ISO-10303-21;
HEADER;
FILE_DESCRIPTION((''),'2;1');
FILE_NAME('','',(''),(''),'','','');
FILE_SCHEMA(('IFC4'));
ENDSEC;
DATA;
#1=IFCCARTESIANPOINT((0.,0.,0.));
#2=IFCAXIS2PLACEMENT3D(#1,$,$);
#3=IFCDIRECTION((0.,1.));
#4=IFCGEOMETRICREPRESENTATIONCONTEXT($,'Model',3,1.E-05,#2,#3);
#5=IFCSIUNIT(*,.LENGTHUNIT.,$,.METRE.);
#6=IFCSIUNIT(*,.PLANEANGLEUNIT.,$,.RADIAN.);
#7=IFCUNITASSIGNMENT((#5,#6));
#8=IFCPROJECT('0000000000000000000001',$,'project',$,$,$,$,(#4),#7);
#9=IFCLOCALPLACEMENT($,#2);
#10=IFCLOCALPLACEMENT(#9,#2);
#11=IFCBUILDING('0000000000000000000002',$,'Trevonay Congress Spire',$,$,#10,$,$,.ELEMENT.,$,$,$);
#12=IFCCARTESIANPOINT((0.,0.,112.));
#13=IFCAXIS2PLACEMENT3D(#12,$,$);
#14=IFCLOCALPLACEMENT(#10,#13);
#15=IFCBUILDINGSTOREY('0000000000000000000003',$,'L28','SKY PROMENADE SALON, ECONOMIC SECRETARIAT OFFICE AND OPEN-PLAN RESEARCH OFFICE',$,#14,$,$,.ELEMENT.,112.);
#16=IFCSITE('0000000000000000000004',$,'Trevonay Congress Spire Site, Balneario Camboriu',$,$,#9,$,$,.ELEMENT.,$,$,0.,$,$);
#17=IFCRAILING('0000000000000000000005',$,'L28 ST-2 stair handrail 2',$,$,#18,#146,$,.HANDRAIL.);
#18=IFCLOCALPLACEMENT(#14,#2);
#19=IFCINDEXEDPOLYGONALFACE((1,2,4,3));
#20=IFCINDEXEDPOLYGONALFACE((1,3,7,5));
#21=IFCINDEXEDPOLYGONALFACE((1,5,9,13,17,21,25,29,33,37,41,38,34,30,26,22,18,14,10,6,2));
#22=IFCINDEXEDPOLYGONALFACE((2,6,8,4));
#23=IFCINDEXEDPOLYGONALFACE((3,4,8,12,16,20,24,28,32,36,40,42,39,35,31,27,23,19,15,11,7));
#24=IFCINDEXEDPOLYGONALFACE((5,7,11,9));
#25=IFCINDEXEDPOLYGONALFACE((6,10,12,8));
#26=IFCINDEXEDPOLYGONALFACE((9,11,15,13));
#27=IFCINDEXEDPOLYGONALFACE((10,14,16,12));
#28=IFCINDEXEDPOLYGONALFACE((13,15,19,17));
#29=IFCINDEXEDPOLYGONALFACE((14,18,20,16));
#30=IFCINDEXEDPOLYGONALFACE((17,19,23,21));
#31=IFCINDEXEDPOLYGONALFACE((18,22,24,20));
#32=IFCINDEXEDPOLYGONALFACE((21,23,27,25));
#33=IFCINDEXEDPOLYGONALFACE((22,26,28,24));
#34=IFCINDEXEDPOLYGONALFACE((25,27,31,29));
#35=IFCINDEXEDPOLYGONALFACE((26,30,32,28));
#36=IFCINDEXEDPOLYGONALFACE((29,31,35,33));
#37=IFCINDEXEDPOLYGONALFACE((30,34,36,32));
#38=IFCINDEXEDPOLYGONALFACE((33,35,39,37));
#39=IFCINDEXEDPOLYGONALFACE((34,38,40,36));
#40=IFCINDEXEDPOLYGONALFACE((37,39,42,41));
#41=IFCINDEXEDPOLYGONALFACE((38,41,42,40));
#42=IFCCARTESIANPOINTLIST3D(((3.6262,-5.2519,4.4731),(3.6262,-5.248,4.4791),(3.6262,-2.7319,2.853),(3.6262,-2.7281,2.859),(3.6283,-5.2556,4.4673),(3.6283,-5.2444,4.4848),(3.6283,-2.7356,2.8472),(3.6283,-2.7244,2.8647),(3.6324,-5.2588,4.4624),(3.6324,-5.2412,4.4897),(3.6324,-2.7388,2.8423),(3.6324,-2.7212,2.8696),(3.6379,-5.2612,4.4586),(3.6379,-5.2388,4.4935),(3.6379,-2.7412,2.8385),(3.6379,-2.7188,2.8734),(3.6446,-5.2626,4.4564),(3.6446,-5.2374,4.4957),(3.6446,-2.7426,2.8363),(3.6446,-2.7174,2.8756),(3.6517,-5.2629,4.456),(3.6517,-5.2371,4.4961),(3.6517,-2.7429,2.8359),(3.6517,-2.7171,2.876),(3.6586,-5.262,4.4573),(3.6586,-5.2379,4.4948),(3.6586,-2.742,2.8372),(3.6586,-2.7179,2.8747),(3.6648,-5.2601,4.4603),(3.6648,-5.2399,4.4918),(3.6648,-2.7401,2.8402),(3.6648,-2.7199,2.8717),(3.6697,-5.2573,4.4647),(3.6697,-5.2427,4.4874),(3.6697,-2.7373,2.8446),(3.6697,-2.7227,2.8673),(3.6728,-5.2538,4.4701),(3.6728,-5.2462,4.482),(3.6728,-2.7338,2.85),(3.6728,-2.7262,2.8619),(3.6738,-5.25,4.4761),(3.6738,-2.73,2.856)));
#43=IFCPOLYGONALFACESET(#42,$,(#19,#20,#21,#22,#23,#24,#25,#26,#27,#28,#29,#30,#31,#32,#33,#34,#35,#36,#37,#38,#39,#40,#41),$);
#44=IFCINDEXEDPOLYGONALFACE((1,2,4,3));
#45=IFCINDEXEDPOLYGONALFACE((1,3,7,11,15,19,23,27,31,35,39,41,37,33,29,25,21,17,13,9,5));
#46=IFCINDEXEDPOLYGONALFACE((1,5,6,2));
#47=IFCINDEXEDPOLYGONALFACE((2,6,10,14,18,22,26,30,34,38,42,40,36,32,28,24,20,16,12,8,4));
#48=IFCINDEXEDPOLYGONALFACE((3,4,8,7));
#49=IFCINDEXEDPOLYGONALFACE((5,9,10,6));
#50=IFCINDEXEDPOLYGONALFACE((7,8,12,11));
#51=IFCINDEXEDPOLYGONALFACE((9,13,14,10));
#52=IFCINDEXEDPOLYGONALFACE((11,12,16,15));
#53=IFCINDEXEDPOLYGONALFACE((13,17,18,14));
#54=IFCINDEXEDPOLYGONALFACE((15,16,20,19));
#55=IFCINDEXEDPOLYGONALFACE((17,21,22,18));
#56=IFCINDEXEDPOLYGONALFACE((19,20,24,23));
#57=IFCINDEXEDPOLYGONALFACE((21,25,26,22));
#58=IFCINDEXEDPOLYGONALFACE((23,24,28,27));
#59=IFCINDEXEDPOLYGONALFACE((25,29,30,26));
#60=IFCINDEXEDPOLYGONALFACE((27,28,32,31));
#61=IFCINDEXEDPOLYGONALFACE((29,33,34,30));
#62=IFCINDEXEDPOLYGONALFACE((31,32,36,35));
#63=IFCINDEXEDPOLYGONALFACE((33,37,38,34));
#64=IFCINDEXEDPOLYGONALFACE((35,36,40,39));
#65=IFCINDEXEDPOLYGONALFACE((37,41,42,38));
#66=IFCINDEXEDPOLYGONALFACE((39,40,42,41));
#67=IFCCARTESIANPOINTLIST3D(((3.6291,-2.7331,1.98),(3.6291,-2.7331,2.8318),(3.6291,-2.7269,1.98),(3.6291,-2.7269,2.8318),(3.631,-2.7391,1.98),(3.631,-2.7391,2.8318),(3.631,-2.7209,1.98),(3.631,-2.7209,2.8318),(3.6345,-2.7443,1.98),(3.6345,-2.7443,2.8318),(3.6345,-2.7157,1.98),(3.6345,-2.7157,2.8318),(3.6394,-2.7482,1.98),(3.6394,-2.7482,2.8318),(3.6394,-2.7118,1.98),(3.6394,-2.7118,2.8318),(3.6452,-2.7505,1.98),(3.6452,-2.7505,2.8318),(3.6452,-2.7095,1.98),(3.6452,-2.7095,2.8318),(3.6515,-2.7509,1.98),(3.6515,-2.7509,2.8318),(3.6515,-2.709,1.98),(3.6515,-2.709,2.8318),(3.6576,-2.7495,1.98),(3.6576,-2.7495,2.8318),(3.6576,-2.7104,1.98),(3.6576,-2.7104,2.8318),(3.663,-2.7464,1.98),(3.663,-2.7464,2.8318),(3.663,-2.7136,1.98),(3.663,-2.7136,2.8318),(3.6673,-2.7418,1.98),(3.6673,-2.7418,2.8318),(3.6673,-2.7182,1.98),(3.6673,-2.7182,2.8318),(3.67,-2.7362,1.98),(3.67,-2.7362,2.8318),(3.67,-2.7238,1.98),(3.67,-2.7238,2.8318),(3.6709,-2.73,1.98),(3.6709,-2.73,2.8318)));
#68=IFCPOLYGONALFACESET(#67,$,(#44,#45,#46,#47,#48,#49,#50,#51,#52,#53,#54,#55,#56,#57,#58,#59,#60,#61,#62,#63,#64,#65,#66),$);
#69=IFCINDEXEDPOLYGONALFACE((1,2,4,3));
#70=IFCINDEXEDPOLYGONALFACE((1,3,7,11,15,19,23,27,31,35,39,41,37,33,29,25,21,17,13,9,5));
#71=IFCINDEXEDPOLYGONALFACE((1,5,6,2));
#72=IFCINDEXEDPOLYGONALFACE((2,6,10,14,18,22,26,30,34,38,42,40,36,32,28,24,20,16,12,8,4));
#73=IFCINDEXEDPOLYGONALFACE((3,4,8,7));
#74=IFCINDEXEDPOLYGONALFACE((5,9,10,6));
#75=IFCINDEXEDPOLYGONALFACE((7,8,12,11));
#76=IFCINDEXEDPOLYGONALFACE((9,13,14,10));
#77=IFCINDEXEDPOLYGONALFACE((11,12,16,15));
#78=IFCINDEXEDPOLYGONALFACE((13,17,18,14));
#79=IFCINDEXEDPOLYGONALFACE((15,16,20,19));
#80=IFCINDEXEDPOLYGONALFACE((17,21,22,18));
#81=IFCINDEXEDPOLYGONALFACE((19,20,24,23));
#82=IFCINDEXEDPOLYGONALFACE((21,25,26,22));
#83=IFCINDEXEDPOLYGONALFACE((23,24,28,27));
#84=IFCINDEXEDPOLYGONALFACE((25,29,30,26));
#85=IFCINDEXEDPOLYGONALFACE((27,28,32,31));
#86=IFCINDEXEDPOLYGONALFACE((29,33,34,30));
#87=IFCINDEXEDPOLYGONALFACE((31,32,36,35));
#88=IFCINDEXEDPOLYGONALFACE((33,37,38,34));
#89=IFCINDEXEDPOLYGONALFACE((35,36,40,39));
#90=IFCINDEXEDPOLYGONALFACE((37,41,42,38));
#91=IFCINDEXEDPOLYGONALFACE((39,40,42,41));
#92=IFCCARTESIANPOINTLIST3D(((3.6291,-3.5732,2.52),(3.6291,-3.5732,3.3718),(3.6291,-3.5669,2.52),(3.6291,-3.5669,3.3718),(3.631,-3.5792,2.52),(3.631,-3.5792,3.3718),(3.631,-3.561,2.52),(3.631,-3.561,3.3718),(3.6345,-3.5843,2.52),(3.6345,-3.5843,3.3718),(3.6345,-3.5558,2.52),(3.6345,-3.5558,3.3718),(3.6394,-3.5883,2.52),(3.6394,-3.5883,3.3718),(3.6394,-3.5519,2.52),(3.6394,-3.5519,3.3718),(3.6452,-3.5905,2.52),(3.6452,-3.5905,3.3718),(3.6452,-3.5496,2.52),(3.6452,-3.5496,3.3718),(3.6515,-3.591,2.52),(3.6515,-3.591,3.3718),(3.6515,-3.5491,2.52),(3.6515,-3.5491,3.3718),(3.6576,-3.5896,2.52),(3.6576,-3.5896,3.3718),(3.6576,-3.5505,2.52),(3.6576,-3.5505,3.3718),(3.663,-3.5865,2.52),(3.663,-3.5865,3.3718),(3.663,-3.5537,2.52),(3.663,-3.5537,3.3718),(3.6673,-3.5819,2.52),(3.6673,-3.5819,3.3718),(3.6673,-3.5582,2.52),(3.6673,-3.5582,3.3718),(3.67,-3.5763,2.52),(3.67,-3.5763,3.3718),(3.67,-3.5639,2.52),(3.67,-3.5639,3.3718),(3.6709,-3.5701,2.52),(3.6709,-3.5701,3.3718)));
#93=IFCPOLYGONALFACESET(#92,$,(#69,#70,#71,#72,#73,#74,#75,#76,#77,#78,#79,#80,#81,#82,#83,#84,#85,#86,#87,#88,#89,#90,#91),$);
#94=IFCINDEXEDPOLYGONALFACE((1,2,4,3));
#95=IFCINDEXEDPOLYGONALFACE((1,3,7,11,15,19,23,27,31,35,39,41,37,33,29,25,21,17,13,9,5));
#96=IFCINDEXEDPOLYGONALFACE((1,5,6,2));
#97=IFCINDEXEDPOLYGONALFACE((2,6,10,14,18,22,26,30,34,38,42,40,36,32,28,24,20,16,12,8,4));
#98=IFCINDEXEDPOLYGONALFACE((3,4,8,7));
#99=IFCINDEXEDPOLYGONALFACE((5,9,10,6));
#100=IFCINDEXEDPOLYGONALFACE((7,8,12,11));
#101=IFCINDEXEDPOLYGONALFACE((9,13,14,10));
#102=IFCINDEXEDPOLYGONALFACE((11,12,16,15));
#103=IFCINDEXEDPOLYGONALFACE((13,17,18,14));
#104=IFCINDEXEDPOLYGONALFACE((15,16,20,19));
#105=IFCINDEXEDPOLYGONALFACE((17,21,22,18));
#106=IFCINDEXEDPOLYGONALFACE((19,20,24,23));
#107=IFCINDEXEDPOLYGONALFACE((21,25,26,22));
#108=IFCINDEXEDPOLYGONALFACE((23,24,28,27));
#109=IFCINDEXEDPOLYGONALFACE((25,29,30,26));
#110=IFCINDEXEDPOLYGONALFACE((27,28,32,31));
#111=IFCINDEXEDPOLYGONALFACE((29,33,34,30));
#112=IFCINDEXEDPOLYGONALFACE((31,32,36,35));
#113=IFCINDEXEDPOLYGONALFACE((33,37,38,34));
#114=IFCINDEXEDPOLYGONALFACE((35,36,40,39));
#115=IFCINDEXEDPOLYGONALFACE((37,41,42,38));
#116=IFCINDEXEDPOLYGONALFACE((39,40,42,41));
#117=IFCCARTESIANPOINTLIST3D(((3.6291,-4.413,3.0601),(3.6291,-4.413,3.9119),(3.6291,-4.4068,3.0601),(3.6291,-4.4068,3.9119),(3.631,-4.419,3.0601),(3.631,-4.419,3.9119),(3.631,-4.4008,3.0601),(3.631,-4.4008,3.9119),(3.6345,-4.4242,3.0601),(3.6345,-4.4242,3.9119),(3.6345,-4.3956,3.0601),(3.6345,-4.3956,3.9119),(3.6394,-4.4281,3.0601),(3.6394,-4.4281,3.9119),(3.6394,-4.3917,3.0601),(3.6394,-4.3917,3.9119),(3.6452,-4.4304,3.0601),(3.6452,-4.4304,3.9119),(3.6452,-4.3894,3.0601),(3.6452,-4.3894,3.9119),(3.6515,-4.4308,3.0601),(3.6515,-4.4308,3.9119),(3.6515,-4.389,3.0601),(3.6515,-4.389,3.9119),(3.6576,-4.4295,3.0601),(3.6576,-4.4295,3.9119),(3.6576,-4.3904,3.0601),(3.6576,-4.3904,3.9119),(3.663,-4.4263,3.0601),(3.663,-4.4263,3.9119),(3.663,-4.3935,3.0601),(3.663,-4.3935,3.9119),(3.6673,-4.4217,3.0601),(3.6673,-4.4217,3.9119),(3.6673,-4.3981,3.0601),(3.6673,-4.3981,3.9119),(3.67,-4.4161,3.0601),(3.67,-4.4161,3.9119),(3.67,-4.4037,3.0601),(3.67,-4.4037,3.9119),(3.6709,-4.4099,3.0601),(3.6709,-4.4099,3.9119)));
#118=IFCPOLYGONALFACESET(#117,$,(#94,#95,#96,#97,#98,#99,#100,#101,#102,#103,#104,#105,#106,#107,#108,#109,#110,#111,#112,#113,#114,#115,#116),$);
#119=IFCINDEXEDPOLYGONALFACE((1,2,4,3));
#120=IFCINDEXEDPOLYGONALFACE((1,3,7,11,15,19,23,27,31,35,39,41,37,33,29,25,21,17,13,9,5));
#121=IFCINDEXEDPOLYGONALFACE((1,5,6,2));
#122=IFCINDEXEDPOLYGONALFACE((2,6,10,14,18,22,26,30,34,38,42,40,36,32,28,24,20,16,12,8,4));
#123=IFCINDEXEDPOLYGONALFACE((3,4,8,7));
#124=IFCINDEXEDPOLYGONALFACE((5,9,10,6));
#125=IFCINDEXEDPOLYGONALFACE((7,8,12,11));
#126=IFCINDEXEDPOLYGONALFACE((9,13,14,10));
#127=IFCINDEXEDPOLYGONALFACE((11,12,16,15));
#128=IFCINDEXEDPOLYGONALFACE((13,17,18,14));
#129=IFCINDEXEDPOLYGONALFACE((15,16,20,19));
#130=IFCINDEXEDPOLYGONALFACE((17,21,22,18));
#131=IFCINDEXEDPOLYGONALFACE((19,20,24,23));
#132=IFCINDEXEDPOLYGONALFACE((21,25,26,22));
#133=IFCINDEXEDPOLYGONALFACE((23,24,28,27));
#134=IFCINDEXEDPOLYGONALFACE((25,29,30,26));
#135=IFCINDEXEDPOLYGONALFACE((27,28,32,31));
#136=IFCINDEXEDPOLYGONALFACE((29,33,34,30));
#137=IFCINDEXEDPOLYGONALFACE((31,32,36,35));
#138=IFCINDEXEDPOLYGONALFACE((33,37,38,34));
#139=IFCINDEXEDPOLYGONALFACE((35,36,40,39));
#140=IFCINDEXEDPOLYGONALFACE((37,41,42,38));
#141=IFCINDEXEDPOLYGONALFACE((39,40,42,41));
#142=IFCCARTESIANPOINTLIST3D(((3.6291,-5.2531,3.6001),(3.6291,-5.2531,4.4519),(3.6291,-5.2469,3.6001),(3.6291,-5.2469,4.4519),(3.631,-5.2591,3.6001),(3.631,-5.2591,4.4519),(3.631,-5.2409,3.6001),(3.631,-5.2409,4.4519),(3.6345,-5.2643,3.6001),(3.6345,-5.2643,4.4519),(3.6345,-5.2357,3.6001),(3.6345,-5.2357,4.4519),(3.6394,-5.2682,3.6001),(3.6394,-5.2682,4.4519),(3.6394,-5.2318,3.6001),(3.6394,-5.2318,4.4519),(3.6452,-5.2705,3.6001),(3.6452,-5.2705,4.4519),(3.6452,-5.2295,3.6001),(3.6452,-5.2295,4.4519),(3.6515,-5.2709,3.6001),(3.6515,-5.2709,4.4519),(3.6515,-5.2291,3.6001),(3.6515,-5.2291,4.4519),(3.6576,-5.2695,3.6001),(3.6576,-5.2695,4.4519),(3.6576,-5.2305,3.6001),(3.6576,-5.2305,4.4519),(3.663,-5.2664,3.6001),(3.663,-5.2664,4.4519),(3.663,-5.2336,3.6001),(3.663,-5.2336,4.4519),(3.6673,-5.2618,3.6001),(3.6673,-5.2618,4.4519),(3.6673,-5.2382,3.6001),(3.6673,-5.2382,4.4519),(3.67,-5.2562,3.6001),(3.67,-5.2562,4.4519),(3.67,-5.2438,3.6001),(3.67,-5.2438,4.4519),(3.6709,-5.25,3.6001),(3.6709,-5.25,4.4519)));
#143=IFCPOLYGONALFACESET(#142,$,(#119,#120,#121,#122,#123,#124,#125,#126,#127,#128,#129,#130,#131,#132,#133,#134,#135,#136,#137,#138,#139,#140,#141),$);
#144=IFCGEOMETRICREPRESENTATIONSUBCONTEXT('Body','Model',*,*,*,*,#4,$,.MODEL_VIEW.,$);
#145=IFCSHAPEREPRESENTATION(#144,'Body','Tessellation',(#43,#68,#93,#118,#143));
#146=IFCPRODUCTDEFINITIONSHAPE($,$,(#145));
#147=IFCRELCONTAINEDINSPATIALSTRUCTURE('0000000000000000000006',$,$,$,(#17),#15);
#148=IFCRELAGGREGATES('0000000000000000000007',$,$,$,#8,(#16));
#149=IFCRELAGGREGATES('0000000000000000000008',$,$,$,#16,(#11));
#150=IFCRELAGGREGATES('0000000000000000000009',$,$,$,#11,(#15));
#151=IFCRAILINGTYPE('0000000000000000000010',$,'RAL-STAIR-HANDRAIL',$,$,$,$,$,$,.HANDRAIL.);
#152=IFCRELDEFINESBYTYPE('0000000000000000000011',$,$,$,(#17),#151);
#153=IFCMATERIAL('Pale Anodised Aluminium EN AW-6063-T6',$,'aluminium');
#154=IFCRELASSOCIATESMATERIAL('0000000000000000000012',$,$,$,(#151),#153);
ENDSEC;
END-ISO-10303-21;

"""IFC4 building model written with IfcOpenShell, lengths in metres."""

from ifc_helpers import new_model, si_unit, direction, frame, origin, origin_2d, place, context, subcontext, project, spatial, circle, extrude, material, type_object, element, save


model = new_model("IFC4")

# Units and contexts
model_context = context("Model", 3, precision=1e-05, world=origin(), true_north=direction((0.0, 1.0)))
body_context = subcontext(model_context, "Body", "Model", "MODEL_VIEW")
ifc_project = project(units=[si_unit("LENGTHUNIT", "METRE"), si_unit("PLANEANGLEUNIT", "RADIAN")], contexts=[model_context])

# Site, building, storey
site_placement = place(None, origin())
site = spatial("IfcSite", under=ifc_project, at=site_placement, Name="Trevonay Congress Spire Site, Balneario Camboriu", CompositionType="ELEMENT", RefElevation=0.0)
building_placement = place(site_placement, origin())
building = spatial("IfcBuilding", under=site, at=building_placement, Name="Trevonay Congress Spire", CompositionType="ELEMENT")
storey_placement = place(building_placement, frame((0.0, 0.0, 112.0)))
storey = spatial("IfcBuildingStorey", under=building, at=storey_placement, Name="L28", Description="SKY PROMENADE SALON, ECONOMIC SECRETARIAT OFFICE AND OPEN-PLAN RESEARCH OFFICE", CompositionType="ELEMENT", Elevation=112.0)

# Shared definitions
ifc_material_1 = material(Name="Pale Anodised Aluminium EN AW-6063-T6", Category="aluminium")

# Railing
railing_type_1 = type_object("IfcRailingType", Name="RAL-STAIR-HANDRAIL", PredefinedType="HANDRAIL", material=ifc_material_1)
railing_1_placement = place(storey_placement, frame((3.6499, -2.73, 1.98)))
element("IfcRailing", 1, at=railing_1_placement, inside=storey, type_object=railing_type_1, Name="L28 ST-2 stair handrail 2", PredefinedType="HANDRAIL", context=body_context, shape_type="SweptSolid", body=[
    extrude(circle(Radius=0.0239, at=origin_2d()), frame((0.0, 0.0, 0.876), z_axis=(0.0, -0.841163, 0.540782), x_axis=(1.0, 0.0, 0.0)), (0.0, 0.0, 1.0), 2.9958),
    extrude(circle(Radius=0.021, at=origin_2d()), origin(), (0.0, 0.0, 1.0), 0.8518),
    extrude(circle(Radius=0.021, at=origin_2d()), frame((0.0, -0.8401, 0.54)), (0.0, 0.0, 1.0), 0.8518),
    extrude(circle(Radius=0.021, at=origin_2d()), frame((0.0, -1.6799, 1.0801)), (0.0, 0.0, 1.0), 0.8518),
    extrude(circle(Radius=0.021, at=origin_2d()), frame((0.0, -2.52, 1.6201)), (0.0, 0.0, 1.0), 0.8518),
])

save(model, "model.ifc")
